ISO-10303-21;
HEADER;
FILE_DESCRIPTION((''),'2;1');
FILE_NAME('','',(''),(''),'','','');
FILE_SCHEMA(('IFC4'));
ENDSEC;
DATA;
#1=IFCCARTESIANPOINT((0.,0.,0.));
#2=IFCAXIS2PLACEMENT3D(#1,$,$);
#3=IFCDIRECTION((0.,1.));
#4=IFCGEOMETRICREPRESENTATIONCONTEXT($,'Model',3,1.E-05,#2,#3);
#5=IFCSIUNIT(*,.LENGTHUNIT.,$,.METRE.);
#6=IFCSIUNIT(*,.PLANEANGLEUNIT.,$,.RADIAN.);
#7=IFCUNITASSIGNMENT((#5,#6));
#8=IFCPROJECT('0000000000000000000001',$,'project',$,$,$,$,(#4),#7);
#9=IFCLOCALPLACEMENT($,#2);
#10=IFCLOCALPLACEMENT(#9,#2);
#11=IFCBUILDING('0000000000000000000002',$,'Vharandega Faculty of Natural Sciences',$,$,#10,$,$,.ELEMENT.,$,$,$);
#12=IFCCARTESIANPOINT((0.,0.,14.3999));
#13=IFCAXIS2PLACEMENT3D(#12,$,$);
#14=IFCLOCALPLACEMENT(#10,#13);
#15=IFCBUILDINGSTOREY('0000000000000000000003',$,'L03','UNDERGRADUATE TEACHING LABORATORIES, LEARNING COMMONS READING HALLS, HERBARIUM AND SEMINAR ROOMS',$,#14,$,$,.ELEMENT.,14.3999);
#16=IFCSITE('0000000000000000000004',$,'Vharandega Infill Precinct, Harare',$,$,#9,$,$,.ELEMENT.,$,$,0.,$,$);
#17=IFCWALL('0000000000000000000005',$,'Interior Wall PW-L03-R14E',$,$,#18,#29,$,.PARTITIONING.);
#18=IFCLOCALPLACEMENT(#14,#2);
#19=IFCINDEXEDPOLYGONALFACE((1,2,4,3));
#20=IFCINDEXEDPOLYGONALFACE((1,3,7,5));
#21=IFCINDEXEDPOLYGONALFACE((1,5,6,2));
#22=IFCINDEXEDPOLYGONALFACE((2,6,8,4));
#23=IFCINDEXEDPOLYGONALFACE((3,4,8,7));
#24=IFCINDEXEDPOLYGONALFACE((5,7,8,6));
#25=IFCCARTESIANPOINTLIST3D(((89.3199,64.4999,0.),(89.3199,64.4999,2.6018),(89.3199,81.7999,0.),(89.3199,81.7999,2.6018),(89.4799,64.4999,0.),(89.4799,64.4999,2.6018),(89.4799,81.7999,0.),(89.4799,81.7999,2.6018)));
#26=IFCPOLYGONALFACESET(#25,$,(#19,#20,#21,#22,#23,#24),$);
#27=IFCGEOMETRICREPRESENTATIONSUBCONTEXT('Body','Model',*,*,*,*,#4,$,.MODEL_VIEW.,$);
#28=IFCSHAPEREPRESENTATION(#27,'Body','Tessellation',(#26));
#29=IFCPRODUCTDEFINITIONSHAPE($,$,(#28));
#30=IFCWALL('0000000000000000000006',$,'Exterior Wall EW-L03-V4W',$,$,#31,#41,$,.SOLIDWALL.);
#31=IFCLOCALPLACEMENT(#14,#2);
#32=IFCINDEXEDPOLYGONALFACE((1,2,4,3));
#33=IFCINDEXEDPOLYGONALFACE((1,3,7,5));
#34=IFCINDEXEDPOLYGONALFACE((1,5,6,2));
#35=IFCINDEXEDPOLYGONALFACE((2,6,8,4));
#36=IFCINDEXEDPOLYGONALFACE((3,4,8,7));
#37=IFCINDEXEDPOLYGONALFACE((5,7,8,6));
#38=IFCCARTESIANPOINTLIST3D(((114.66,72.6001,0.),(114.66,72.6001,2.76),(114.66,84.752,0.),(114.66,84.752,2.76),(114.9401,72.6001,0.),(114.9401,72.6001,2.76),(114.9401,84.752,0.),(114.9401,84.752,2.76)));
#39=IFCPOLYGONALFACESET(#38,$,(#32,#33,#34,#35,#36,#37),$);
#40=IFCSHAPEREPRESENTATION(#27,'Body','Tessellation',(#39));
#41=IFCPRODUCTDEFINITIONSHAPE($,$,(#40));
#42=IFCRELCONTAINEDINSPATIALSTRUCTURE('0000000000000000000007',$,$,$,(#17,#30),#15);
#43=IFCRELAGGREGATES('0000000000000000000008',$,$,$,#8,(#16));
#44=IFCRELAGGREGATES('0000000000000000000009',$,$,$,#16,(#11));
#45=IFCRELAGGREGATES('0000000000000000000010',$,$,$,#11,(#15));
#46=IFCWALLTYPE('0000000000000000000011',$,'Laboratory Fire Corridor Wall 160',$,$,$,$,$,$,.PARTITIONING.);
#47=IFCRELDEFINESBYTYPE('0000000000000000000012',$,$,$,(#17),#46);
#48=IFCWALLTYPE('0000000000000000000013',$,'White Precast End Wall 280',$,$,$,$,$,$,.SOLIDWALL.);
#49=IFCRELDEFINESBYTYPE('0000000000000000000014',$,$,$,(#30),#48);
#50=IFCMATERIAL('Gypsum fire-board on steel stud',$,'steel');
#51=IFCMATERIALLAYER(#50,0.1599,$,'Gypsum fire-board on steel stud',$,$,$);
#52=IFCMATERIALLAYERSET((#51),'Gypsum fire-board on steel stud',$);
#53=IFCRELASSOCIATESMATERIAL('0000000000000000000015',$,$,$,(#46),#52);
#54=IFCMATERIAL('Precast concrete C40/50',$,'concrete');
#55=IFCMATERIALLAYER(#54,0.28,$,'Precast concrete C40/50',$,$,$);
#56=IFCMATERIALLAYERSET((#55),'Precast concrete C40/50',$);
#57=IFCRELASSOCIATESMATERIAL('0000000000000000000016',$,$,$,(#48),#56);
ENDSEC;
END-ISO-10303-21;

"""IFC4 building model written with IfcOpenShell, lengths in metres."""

from ifc_helpers import new_model, si_unit, direction, frame, frame_2d, origin, place, context, subcontext, project, spatial, rectangle, extrude, material, layer, layer_set, type_object, element, save


model = new_model("IFC4")

# Units and contexts
model_context = context("Model", 3, precision=1e-05, world=origin(), true_north=direction((0.0, 1.0)))
body_context = subcontext(model_context, "Body", "Model", "MODEL_VIEW")
ifc_project = project(units=[si_unit("LENGTHUNIT", "METRE"), si_unit("PLANEANGLEUNIT", "RADIAN")], contexts=[model_context])

# Site, building, storey
site_placement = place(None, origin())
site = spatial("IfcSite", under=ifc_project, at=site_placement, Name="Vharandega Infill Precinct, Harare", CompositionType="ELEMENT", RefElevation=0.0)
building_placement = place(site_placement, origin())
building = spatial("IfcBuilding", under=site, at=building_placement, Name="Vharandega Faculty of Natural Sciences", CompositionType="ELEMENT")
storey_placement = place(building_placement, frame((0.0, 0.0, 14.3999)))
storey = spatial("IfcBuildingStorey", under=building, at=storey_placement, Name="L03", Description="UNDERGRADUATE TEACHING LABORATORIES, LEARNING COMMONS READING HALLS, HERBARIUM AND SEMINAR ROOMS", CompositionType="ELEMENT", Elevation=14.3999)

# Walls
ifc_material_1 = material(Name="Gypsum fire-board on steel stud", Category="steel")
ifc_layer_1 = layer(ifc_material_1, 0.1599, Name="Gypsum fire-board on steel stud")
ifc_layer_set_1 = layer_set([ifc_layer_1], Name="Gypsum fire-board on steel stud")
wall_type_1 = type_object("IfcWallType", Name="Laboratory Fire Corridor Wall 160", PredefinedType="PARTITIONING", material=ifc_layer_set_1)
wall_1_placement = place(storey_placement, frame((89.3999, 64.5, 0.0), z_axis=(0.0, 0.0, 1.0), x_axis=(0.0, 1.0, 0.0)))
element("IfcWall", 1, at=wall_1_placement, inside=storey, type_object=wall_type_1, Name="Interior Wall PW-L03-R14E", PredefinedType="PARTITIONING", context=body_context, shape_type="SweptSolid", body=[
    extrude(rectangle(XDim=17.3, YDim=0.1599, at=frame_2d((8.6499, 0.0))), origin(), (0.0, 0.0, 1.0), 2.6018),
])
ifc_material_2 = material(Name="Precast concrete C40/50", Category="concrete")
ifc_layer_2 = layer(ifc_material_2, 0.28, Name="Precast concrete C40/50")
ifc_layer_set_2 = layer_set([ifc_layer_2], Name="Precast concrete C40/50")
wall_type_2 = type_object("IfcWallType", Name="White Precast End Wall 280", PredefinedType="SOLIDWALL", material=ifc_layer_set_2)
wall_2_placement = place(storey_placement, frame((114.8, 72.6001, 0.0), z_axis=(0.0, 0.0, 1.0), x_axis=(0.0, 1.0, 0.0)))
element("IfcWall", 2, at=wall_2_placement, inside=storey, type_object=wall_type_2, Name="Exterior Wall EW-L03-V4W", PredefinedType="SOLIDWALL", context=body_context, shape_type="SweptSolid", body=[
    extrude(rectangle(XDim=12.1519, YDim=0.28, at=frame_2d((6.0759, 0.0))), origin(), (0.0, 0.0, 1.0), 2.76),
])

save(model, "model.ifc")
